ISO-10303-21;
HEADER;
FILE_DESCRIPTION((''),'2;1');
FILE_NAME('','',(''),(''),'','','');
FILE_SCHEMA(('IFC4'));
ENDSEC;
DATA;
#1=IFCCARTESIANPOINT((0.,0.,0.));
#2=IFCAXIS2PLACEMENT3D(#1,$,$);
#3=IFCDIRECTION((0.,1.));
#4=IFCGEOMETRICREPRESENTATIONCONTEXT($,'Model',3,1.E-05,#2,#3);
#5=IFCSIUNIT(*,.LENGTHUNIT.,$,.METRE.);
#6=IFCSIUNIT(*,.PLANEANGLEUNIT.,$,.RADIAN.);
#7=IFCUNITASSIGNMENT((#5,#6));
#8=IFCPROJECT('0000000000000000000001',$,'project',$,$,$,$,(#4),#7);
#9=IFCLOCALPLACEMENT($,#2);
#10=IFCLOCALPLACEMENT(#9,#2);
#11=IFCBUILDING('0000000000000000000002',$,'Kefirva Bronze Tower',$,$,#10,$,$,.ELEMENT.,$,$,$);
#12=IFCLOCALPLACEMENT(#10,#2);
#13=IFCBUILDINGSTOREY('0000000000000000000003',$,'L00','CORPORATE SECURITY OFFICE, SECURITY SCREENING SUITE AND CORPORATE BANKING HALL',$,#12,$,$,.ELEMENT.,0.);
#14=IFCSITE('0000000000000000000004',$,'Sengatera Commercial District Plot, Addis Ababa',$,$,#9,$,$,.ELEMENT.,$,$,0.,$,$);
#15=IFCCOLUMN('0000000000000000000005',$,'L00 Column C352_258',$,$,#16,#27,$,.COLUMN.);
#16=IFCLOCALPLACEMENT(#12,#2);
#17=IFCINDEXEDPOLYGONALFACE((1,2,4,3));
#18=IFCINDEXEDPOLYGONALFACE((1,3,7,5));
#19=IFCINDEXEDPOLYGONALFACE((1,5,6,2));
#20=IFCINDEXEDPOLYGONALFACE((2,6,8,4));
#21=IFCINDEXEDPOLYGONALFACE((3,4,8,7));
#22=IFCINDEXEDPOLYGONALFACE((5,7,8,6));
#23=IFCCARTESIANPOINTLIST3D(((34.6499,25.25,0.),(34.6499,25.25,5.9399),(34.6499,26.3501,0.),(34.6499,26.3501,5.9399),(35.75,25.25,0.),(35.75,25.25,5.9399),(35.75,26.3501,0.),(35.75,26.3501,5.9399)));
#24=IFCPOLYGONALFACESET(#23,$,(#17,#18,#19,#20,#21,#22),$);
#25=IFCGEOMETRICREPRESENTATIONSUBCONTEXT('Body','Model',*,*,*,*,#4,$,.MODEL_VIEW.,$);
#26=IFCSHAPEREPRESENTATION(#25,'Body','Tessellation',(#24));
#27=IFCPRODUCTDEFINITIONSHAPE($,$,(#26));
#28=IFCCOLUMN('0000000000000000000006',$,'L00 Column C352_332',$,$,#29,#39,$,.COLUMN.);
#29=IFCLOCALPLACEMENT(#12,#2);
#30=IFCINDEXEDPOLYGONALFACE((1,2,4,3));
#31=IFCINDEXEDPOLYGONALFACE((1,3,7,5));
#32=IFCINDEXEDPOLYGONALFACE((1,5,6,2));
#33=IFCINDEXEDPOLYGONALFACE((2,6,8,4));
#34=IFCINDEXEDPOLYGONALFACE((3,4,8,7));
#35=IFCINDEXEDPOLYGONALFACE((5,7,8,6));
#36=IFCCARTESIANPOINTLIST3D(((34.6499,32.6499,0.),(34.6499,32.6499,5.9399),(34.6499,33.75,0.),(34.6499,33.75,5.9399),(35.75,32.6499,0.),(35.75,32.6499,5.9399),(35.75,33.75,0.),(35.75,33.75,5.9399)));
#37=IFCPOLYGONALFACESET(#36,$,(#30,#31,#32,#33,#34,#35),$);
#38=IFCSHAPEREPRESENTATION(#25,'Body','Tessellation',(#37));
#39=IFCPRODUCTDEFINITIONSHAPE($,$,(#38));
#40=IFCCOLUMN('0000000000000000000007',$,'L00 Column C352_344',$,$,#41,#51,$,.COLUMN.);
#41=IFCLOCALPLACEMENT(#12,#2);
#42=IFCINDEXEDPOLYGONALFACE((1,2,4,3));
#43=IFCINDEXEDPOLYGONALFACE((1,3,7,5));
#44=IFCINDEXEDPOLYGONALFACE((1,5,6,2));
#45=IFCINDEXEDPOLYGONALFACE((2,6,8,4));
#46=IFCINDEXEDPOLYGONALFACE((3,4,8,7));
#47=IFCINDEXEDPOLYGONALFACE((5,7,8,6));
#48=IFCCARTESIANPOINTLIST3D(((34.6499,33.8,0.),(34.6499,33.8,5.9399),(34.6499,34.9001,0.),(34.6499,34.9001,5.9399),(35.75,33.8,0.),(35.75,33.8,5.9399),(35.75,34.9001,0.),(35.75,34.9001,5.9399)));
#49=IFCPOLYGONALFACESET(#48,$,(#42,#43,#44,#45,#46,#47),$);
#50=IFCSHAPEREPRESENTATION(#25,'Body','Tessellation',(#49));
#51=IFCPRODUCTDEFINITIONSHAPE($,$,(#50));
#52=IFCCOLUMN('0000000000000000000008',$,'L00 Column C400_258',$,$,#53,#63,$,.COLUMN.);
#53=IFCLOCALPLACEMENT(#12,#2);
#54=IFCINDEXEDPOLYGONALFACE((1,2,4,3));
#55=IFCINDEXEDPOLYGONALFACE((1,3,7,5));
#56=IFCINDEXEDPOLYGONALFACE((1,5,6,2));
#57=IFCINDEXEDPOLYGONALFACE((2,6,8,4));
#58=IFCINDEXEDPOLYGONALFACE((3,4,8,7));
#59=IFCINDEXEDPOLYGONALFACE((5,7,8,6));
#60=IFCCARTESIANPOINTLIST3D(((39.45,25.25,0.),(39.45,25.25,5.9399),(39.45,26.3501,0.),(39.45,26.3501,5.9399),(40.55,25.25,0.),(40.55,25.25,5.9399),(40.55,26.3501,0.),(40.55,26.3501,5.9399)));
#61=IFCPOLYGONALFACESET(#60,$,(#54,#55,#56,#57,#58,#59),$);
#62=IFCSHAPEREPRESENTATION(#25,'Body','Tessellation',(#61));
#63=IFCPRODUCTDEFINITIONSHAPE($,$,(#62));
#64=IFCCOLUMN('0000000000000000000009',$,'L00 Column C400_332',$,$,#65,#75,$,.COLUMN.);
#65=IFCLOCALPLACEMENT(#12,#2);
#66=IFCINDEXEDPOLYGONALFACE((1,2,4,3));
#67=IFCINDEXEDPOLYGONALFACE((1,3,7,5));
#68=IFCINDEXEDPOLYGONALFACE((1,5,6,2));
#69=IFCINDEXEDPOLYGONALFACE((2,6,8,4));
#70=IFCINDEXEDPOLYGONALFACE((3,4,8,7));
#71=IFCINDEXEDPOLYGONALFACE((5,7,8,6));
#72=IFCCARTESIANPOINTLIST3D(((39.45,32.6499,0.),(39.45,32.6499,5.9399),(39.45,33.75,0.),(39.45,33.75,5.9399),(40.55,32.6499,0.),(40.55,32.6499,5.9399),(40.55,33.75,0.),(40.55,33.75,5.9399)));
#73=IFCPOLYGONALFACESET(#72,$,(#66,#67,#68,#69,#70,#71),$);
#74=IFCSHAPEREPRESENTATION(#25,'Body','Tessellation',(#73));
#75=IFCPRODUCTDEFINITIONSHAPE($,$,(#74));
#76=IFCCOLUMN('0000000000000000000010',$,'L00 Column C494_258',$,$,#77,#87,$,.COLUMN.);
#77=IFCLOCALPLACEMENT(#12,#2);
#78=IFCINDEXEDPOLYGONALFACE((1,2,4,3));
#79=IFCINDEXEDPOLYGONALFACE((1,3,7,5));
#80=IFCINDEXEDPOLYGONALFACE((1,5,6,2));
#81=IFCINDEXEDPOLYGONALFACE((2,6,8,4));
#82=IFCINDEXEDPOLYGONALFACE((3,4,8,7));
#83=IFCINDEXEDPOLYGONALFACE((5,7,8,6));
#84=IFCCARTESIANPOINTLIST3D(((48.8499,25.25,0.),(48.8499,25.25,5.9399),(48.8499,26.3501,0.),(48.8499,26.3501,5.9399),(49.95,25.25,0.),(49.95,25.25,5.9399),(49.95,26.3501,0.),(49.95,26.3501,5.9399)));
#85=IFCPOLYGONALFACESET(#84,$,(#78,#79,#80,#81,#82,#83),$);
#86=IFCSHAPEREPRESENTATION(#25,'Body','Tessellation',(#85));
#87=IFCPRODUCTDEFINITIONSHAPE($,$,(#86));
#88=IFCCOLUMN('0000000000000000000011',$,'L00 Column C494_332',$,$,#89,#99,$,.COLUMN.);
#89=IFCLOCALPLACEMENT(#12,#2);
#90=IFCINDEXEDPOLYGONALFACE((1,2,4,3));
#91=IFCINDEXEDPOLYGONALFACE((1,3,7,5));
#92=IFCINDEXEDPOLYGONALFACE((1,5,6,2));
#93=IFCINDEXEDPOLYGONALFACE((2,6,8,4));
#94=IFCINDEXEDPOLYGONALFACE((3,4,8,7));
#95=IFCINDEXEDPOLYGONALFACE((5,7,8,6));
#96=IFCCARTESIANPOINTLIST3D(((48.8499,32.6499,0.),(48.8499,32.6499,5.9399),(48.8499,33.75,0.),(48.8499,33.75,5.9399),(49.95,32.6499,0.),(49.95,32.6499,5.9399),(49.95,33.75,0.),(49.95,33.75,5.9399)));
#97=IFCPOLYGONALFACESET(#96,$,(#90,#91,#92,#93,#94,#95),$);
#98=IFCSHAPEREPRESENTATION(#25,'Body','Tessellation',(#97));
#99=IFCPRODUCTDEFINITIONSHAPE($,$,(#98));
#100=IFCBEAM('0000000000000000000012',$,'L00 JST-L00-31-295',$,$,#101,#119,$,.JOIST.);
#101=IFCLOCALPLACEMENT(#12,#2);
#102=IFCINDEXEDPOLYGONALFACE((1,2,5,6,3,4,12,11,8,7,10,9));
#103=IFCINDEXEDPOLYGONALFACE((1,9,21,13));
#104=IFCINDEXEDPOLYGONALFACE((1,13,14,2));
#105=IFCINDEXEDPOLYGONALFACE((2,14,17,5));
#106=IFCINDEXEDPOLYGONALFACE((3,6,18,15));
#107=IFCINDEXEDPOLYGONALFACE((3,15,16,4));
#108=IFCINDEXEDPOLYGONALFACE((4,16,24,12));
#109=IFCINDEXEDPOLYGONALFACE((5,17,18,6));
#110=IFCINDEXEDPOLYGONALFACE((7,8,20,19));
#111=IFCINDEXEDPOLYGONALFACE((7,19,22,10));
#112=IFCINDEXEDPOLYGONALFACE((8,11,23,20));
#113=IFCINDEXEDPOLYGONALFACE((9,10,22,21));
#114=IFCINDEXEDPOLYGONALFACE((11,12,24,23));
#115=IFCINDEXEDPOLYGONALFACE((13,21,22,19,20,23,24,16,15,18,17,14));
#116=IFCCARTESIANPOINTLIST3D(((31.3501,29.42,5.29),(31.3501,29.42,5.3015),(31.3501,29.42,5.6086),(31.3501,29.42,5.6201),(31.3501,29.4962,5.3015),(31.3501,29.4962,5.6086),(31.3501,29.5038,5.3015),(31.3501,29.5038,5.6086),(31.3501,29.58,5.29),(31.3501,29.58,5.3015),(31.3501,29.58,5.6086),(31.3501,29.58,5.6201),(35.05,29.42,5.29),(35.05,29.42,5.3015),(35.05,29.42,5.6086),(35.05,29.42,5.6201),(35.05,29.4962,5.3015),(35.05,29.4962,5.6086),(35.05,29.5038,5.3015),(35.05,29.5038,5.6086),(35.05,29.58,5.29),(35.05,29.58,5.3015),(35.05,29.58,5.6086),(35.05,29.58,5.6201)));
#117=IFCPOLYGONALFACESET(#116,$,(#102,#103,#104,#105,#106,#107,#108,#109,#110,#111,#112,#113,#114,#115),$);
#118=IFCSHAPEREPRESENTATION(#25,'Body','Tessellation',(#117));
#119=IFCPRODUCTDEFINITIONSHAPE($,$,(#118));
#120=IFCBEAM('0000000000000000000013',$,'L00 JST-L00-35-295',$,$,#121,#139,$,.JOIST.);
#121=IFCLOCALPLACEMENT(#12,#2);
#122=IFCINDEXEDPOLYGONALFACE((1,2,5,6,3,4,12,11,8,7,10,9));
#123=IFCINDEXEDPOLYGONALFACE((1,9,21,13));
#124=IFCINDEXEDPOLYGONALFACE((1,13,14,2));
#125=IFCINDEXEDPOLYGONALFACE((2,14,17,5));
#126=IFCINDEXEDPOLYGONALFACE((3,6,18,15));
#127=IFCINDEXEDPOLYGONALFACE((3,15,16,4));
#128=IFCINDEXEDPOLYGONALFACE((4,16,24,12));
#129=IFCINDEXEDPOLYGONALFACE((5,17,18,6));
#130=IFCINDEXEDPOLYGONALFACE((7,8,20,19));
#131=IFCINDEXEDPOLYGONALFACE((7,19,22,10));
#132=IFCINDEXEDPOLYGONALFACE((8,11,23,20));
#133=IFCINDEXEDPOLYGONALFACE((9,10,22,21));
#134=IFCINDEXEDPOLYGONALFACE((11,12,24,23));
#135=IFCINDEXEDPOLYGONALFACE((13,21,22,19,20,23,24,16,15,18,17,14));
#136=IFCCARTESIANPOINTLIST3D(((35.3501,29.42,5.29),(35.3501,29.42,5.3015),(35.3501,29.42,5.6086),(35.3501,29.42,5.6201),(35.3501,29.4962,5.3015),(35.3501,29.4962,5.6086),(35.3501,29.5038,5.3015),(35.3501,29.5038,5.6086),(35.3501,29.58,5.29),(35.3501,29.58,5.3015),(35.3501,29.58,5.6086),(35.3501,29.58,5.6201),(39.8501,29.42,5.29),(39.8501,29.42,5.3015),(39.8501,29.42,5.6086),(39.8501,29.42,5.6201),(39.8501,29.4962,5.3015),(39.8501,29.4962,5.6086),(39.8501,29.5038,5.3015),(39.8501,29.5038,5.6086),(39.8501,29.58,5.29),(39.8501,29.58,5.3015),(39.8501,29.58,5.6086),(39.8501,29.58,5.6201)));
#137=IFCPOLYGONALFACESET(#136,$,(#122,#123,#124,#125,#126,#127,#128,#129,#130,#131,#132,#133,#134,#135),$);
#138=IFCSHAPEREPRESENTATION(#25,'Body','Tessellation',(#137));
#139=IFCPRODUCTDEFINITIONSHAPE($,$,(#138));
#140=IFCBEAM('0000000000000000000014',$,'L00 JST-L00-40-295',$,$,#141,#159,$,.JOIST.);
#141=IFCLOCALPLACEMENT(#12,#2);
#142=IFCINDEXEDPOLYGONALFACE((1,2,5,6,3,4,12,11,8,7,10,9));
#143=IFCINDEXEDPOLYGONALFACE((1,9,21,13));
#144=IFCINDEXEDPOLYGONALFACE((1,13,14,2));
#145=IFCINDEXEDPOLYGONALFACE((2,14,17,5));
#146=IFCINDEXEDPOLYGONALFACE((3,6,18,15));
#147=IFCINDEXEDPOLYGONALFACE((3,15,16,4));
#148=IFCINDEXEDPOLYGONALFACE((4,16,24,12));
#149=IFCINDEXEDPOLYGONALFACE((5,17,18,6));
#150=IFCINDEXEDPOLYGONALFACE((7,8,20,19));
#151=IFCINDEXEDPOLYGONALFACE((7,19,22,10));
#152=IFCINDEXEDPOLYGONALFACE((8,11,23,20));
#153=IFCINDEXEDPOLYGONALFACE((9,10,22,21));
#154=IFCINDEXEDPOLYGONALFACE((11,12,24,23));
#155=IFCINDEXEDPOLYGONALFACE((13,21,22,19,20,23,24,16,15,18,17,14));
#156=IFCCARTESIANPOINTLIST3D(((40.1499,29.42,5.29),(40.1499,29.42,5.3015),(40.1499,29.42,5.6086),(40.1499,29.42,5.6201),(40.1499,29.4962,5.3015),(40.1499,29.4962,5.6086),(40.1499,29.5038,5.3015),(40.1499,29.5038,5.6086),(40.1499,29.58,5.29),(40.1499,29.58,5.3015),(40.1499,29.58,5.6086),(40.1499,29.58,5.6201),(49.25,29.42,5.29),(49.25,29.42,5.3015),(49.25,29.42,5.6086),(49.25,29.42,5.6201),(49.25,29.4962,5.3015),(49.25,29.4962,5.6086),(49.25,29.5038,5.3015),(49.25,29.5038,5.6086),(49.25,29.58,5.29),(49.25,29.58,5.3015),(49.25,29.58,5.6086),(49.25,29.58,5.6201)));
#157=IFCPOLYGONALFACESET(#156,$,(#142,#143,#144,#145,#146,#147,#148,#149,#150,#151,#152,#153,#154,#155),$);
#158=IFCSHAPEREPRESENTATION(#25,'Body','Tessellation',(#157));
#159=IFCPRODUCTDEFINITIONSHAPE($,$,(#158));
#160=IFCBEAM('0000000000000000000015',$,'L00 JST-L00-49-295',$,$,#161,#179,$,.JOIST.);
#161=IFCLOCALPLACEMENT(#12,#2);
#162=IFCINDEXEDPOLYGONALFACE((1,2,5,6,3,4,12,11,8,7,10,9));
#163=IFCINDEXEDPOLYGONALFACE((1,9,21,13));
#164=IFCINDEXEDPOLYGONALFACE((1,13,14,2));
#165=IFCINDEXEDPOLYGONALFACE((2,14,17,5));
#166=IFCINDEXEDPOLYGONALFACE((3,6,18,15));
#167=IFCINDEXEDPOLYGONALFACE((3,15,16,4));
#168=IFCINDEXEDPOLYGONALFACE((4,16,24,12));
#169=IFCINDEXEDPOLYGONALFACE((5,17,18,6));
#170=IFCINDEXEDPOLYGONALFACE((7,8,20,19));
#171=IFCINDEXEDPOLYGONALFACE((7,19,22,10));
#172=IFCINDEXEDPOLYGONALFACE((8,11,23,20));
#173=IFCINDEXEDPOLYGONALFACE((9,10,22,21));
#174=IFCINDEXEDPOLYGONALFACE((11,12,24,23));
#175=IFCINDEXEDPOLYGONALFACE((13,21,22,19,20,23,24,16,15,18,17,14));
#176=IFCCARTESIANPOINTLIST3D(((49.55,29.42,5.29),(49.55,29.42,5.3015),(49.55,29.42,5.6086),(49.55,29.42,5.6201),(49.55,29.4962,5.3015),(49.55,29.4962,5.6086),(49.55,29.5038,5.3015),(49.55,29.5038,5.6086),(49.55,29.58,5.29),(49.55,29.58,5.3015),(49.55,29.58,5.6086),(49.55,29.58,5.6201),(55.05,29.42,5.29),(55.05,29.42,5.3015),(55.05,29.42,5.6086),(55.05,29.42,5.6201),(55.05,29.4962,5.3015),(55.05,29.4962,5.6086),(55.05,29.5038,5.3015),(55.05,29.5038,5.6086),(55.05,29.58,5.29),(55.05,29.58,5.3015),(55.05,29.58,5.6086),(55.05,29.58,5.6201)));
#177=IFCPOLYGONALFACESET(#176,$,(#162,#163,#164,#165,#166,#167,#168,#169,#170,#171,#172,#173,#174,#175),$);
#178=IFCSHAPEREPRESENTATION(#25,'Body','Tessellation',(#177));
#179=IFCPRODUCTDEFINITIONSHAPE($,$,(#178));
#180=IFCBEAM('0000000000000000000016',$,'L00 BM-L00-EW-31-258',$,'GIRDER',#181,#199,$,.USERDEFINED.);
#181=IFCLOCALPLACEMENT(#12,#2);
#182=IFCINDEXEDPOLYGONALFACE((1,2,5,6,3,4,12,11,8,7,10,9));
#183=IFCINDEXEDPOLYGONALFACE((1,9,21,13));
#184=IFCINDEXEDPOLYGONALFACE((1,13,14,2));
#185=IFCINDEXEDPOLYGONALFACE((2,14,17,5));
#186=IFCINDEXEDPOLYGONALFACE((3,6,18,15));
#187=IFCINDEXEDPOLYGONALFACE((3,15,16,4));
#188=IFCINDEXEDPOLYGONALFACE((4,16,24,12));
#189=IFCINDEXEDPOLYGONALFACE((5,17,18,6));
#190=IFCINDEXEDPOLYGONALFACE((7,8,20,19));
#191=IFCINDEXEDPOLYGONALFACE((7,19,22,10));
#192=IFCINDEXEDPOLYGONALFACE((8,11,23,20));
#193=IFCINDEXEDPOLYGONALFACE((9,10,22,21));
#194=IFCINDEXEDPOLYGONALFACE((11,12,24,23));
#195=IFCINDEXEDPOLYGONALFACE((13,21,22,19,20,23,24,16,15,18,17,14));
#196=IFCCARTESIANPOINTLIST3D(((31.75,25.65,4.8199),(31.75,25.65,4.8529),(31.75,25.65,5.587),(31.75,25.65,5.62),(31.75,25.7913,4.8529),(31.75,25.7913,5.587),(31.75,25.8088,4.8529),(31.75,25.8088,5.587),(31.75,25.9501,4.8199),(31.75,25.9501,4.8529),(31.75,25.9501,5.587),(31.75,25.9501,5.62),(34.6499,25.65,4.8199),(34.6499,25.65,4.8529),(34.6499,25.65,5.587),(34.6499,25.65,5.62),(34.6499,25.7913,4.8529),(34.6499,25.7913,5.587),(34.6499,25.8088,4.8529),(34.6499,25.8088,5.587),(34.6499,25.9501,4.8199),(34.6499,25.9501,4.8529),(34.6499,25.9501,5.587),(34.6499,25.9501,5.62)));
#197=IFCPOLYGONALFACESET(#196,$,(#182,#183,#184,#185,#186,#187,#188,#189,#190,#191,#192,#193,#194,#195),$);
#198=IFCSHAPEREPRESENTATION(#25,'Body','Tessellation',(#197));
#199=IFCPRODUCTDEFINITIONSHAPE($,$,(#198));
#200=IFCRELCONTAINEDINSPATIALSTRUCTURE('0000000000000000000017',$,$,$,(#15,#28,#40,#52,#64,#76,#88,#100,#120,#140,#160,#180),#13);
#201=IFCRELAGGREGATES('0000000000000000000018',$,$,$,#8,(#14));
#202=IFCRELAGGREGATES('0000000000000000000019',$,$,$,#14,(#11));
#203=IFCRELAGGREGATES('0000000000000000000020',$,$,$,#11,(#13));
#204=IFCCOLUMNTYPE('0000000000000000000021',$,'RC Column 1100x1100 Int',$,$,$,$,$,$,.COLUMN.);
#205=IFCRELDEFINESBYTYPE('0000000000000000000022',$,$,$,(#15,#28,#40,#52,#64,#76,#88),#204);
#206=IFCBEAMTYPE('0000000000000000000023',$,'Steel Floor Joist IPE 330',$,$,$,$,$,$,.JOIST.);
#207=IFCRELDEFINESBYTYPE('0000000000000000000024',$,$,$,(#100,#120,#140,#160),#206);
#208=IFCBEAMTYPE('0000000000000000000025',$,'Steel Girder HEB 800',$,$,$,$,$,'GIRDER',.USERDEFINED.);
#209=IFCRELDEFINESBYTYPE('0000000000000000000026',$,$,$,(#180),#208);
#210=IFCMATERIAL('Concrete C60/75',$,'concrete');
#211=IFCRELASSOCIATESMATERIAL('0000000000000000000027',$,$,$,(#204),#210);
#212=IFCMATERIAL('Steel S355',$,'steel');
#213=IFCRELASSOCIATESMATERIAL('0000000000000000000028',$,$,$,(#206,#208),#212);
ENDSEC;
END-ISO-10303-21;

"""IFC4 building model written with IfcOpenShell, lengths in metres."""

from ifc_helpers import new_model, si_unit, direction, frame, origin, origin_2d, place, context, subcontext, project, spatial, rectangle, i_section, extrude, material, material_profile, profile_set, type_object, element, save


model = new_model("IFC4")

# Units and contexts
model_context = context("Model", 3, precision=1e-05, world=origin(), true_north=direction((0.0, 1.0)))
body_context = subcontext(model_context, "Body", "Model", "MODEL_VIEW")
ifc_project = project(units=[si_unit("LENGTHUNIT", "METRE"), si_unit("PLANEANGLEUNIT", "RADIAN")], contexts=[model_context])

# Site, building, storey
site_placement = place(None, origin())
site = spatial("IfcSite", under=ifc_project, at=site_placement, Name="Sengatera Commercial District Plot, Addis Ababa", CompositionType="ELEMENT", RefElevation=0.0)
building_placement = place(site_placement, origin())
building = spatial("IfcBuilding", under=site, at=building_placement, Name="Kefirva Bronze Tower", CompositionType="ELEMENT")
storey_placement = place(building_placement, origin())
storey = spatial("IfcBuildingStorey", under=building, at=storey_placement, Name="L00", Description="CORPORATE SECURITY OFFICE, SECURITY SCREENING SUITE AND CORPORATE BANKING HALL", CompositionType="ELEMENT", Elevation=0.0)

# Columns
ifc_material_1 = material(Name="Concrete C60/75", Category="concrete")
ifc_material_profile_1 = material_profile(ifc_material_1, rectangle(XDim=1.1001, YDim=1.1001, at=origin_2d()), Name="RC 1100x1100")
ifc_profile_set_1 = profile_set([ifc_material_profile_1], Name="Concrete C60/75")
column_type = type_object("IfcColumnType", Name="RC Column 1100x1100 Int", PredefinedType="COLUMN", material=ifc_profile_set_1)
for number, where, z_axis, x_axis, name in (
    (1, (35.2, 25.8, 0.0), (0.0, 0.0, 1.0), (1.0, 0.0, 0.0), "L00 Column C352_258"),
    (2, (35.2, 33.2, 0.0), (0.0, 0.0, 1.0), (1.0, 0.0, 0.0), "L00 Column C352_332"),
    (3, (35.2, 34.3501, 0.0), (0.0, 0.0, 1.0), (1.0, 0.0, 0.0), "L00 Column C352_344"),
    (4, (40.0, 25.8, 0.0), (0.0, 0.0, 1.0), (1.0, 0.0, 0.0), "L00 Column C400_258"),
    (5, (40.0, 33.2, 0.0), (0.0, 0.0, 1.0), (1.0, 0.0, 0.0), "L00 Column C400_332"),
    (6, (49.3999, 25.8, 0.0), (0.0, 0.0, 1.0), (1.0, 0.0, 0.0), "L00 Column C494_258"),
    (7, (49.3999, 33.2, 0.0), (0.0, 0.0, 1.0), (1.0, 0.0, 0.0), "L00 Column C494_332"),
):
    element("IfcColumn", number, at=place(storey_placement, frame(where, z_axis=z_axis, x_axis=x_axis)), inside=storey, type_object=column_type, Name=name, PredefinedType="COLUMN", context=body_context, shape_type="SweptSolid", body=[
        extrude(rectangle(XDim=1.1001, YDim=1.1001, at=origin_2d()), origin(), (0.0, 0.0, 1.0), 5.9399),
    ])

# Beams
ifc_material_2 = material(Name="Steel S355", Category="steel")
ifc_material_profile_2 = material_profile(ifc_material_2, i_section(OverallWidth=0.1599, OverallDepth=0.3301, WebThickness=0.0076, FlangeThickness=0.0115, at=origin_2d()), Name="IPE 330")
ifc_profile_set_2 = profile_set([ifc_material_profile_2], Name="Steel S355")
beam_type_1 = type_object("IfcBeamType", Name="Steel Floor Joist IPE 330", PredefinedType="JOIST", material=ifc_profile_set_2)
beam_1_placement = place(storey_placement, frame((31.3501, 29.5, 5.4551), z_axis=(1.0, 0.0, 0.0), x_axis=(0.0, 1.0, 0.0)))
element("IfcBeam", 8, at=beam_1_placement, inside=storey, type_object=beam_type_1, Name="L00 JST-L00-31-295", PredefinedType="JOIST", context=body_context, shape_type="SweptSolid", body=[
    extrude(i_section(OverallWidth=0.1599, OverallDepth=0.3301, WebThickness=0.0076, FlangeThickness=0.0115, at=origin_2d()), origin(), (0.0, 0.0, 1.0), 3.7),
])
beam_2_placement = place(storey_placement, frame((35.3501, 29.5, 5.4551), z_axis=(1.0, 0.0, 0.0), x_axis=(0.0, 1.0, 0.0)))
element("IfcBeam", 9, at=beam_2_placement, inside=storey, type_object=beam_type_1, Name="L00 JST-L00-35-295", PredefinedType="JOIST", context=body_context, shape_type="SweptSolid", body=[
    extrude(i_section(OverallWidth=0.1599, OverallDepth=0.3301, WebThickness=0.0076, FlangeThickness=0.0115, at=origin_2d()), origin(), (0.0, 0.0, 1.0), 4.5),
])
beam_3_placement = place(storey_placement, frame((40.1499, 29.5, 5.4551), z_axis=(1.0, 0.0, 0.0), x_axis=(0.0, 1.0, 0.0)))
element("IfcBeam", 10, at=beam_3_placement, inside=storey, type_object=beam_type_1, Name="L00 JST-L00-40-295", PredefinedType="JOIST", context=body_context, shape_type="SweptSolid", body=[
    extrude(i_section(OverallWidth=0.1599, OverallDepth=0.3301, WebThickness=0.0076, FlangeThickness=0.0115, at=origin_2d()), origin(), (0.0, 0.0, 1.0), 9.1001),
])
beam_4_placement = place(storey_placement, frame((49.55, 29.5, 5.4551), z_axis=(1.0, 0.0, 0.0), x_axis=(0.0, 1.0, 0.0)))
element("IfcBeam", 11, at=beam_4_placement, inside=storey, type_object=beam_type_1, Name="L00 JST-L00-49-295", PredefinedType="JOIST", context=body_context, shape_type="SweptSolid", body=[
    extrude(i_section(OverallWidth=0.1599, OverallDepth=0.3301, WebThickness=0.0076, FlangeThickness=0.0115, at=origin_2d()), origin(), (0.0, 0.0, 1.0), 5.5),
])
ifc_material_profile_3 = material_profile(ifc_material_2, i_section(OverallWidth=0.3, OverallDepth=0.8, WebThickness=0.0176, FlangeThickness=0.033, at=origin_2d()), Name="HEB 800")
ifc_profile_set_3 = profile_set([ifc_material_profile_3], Name="Steel S355")
beam_type_2 = type_object("IfcBeamType", Name="Steel Girder HEB 800", ElementType="GIRDER", PredefinedType="USERDEFINED", material=ifc_profile_set_3)
beam_5_placement = place(storey_placement, frame((31.75, 25.8, 5.22), z_axis=(1.0, 0.0, 0.0), x_axis=(0.0, 1.0, 0.0)))
element("IfcBeam", 12, at=beam_5_placement, inside=storey, type_object=beam_type_2, Name="L00 BM-L00-EW-31-258", ObjectType="GIRDER", PredefinedType="USERDEFINED", context=body_context, shape_type="SweptSolid", body=[
    extrude(i_section(OverallWidth=0.3, OverallDepth=0.8, WebThickness=0.0176, FlangeThickness=0.033, at=origin_2d()), origin(), (0.0, 0.0, 1.0), 2.8999),
])

save(model, "model.ifc")
